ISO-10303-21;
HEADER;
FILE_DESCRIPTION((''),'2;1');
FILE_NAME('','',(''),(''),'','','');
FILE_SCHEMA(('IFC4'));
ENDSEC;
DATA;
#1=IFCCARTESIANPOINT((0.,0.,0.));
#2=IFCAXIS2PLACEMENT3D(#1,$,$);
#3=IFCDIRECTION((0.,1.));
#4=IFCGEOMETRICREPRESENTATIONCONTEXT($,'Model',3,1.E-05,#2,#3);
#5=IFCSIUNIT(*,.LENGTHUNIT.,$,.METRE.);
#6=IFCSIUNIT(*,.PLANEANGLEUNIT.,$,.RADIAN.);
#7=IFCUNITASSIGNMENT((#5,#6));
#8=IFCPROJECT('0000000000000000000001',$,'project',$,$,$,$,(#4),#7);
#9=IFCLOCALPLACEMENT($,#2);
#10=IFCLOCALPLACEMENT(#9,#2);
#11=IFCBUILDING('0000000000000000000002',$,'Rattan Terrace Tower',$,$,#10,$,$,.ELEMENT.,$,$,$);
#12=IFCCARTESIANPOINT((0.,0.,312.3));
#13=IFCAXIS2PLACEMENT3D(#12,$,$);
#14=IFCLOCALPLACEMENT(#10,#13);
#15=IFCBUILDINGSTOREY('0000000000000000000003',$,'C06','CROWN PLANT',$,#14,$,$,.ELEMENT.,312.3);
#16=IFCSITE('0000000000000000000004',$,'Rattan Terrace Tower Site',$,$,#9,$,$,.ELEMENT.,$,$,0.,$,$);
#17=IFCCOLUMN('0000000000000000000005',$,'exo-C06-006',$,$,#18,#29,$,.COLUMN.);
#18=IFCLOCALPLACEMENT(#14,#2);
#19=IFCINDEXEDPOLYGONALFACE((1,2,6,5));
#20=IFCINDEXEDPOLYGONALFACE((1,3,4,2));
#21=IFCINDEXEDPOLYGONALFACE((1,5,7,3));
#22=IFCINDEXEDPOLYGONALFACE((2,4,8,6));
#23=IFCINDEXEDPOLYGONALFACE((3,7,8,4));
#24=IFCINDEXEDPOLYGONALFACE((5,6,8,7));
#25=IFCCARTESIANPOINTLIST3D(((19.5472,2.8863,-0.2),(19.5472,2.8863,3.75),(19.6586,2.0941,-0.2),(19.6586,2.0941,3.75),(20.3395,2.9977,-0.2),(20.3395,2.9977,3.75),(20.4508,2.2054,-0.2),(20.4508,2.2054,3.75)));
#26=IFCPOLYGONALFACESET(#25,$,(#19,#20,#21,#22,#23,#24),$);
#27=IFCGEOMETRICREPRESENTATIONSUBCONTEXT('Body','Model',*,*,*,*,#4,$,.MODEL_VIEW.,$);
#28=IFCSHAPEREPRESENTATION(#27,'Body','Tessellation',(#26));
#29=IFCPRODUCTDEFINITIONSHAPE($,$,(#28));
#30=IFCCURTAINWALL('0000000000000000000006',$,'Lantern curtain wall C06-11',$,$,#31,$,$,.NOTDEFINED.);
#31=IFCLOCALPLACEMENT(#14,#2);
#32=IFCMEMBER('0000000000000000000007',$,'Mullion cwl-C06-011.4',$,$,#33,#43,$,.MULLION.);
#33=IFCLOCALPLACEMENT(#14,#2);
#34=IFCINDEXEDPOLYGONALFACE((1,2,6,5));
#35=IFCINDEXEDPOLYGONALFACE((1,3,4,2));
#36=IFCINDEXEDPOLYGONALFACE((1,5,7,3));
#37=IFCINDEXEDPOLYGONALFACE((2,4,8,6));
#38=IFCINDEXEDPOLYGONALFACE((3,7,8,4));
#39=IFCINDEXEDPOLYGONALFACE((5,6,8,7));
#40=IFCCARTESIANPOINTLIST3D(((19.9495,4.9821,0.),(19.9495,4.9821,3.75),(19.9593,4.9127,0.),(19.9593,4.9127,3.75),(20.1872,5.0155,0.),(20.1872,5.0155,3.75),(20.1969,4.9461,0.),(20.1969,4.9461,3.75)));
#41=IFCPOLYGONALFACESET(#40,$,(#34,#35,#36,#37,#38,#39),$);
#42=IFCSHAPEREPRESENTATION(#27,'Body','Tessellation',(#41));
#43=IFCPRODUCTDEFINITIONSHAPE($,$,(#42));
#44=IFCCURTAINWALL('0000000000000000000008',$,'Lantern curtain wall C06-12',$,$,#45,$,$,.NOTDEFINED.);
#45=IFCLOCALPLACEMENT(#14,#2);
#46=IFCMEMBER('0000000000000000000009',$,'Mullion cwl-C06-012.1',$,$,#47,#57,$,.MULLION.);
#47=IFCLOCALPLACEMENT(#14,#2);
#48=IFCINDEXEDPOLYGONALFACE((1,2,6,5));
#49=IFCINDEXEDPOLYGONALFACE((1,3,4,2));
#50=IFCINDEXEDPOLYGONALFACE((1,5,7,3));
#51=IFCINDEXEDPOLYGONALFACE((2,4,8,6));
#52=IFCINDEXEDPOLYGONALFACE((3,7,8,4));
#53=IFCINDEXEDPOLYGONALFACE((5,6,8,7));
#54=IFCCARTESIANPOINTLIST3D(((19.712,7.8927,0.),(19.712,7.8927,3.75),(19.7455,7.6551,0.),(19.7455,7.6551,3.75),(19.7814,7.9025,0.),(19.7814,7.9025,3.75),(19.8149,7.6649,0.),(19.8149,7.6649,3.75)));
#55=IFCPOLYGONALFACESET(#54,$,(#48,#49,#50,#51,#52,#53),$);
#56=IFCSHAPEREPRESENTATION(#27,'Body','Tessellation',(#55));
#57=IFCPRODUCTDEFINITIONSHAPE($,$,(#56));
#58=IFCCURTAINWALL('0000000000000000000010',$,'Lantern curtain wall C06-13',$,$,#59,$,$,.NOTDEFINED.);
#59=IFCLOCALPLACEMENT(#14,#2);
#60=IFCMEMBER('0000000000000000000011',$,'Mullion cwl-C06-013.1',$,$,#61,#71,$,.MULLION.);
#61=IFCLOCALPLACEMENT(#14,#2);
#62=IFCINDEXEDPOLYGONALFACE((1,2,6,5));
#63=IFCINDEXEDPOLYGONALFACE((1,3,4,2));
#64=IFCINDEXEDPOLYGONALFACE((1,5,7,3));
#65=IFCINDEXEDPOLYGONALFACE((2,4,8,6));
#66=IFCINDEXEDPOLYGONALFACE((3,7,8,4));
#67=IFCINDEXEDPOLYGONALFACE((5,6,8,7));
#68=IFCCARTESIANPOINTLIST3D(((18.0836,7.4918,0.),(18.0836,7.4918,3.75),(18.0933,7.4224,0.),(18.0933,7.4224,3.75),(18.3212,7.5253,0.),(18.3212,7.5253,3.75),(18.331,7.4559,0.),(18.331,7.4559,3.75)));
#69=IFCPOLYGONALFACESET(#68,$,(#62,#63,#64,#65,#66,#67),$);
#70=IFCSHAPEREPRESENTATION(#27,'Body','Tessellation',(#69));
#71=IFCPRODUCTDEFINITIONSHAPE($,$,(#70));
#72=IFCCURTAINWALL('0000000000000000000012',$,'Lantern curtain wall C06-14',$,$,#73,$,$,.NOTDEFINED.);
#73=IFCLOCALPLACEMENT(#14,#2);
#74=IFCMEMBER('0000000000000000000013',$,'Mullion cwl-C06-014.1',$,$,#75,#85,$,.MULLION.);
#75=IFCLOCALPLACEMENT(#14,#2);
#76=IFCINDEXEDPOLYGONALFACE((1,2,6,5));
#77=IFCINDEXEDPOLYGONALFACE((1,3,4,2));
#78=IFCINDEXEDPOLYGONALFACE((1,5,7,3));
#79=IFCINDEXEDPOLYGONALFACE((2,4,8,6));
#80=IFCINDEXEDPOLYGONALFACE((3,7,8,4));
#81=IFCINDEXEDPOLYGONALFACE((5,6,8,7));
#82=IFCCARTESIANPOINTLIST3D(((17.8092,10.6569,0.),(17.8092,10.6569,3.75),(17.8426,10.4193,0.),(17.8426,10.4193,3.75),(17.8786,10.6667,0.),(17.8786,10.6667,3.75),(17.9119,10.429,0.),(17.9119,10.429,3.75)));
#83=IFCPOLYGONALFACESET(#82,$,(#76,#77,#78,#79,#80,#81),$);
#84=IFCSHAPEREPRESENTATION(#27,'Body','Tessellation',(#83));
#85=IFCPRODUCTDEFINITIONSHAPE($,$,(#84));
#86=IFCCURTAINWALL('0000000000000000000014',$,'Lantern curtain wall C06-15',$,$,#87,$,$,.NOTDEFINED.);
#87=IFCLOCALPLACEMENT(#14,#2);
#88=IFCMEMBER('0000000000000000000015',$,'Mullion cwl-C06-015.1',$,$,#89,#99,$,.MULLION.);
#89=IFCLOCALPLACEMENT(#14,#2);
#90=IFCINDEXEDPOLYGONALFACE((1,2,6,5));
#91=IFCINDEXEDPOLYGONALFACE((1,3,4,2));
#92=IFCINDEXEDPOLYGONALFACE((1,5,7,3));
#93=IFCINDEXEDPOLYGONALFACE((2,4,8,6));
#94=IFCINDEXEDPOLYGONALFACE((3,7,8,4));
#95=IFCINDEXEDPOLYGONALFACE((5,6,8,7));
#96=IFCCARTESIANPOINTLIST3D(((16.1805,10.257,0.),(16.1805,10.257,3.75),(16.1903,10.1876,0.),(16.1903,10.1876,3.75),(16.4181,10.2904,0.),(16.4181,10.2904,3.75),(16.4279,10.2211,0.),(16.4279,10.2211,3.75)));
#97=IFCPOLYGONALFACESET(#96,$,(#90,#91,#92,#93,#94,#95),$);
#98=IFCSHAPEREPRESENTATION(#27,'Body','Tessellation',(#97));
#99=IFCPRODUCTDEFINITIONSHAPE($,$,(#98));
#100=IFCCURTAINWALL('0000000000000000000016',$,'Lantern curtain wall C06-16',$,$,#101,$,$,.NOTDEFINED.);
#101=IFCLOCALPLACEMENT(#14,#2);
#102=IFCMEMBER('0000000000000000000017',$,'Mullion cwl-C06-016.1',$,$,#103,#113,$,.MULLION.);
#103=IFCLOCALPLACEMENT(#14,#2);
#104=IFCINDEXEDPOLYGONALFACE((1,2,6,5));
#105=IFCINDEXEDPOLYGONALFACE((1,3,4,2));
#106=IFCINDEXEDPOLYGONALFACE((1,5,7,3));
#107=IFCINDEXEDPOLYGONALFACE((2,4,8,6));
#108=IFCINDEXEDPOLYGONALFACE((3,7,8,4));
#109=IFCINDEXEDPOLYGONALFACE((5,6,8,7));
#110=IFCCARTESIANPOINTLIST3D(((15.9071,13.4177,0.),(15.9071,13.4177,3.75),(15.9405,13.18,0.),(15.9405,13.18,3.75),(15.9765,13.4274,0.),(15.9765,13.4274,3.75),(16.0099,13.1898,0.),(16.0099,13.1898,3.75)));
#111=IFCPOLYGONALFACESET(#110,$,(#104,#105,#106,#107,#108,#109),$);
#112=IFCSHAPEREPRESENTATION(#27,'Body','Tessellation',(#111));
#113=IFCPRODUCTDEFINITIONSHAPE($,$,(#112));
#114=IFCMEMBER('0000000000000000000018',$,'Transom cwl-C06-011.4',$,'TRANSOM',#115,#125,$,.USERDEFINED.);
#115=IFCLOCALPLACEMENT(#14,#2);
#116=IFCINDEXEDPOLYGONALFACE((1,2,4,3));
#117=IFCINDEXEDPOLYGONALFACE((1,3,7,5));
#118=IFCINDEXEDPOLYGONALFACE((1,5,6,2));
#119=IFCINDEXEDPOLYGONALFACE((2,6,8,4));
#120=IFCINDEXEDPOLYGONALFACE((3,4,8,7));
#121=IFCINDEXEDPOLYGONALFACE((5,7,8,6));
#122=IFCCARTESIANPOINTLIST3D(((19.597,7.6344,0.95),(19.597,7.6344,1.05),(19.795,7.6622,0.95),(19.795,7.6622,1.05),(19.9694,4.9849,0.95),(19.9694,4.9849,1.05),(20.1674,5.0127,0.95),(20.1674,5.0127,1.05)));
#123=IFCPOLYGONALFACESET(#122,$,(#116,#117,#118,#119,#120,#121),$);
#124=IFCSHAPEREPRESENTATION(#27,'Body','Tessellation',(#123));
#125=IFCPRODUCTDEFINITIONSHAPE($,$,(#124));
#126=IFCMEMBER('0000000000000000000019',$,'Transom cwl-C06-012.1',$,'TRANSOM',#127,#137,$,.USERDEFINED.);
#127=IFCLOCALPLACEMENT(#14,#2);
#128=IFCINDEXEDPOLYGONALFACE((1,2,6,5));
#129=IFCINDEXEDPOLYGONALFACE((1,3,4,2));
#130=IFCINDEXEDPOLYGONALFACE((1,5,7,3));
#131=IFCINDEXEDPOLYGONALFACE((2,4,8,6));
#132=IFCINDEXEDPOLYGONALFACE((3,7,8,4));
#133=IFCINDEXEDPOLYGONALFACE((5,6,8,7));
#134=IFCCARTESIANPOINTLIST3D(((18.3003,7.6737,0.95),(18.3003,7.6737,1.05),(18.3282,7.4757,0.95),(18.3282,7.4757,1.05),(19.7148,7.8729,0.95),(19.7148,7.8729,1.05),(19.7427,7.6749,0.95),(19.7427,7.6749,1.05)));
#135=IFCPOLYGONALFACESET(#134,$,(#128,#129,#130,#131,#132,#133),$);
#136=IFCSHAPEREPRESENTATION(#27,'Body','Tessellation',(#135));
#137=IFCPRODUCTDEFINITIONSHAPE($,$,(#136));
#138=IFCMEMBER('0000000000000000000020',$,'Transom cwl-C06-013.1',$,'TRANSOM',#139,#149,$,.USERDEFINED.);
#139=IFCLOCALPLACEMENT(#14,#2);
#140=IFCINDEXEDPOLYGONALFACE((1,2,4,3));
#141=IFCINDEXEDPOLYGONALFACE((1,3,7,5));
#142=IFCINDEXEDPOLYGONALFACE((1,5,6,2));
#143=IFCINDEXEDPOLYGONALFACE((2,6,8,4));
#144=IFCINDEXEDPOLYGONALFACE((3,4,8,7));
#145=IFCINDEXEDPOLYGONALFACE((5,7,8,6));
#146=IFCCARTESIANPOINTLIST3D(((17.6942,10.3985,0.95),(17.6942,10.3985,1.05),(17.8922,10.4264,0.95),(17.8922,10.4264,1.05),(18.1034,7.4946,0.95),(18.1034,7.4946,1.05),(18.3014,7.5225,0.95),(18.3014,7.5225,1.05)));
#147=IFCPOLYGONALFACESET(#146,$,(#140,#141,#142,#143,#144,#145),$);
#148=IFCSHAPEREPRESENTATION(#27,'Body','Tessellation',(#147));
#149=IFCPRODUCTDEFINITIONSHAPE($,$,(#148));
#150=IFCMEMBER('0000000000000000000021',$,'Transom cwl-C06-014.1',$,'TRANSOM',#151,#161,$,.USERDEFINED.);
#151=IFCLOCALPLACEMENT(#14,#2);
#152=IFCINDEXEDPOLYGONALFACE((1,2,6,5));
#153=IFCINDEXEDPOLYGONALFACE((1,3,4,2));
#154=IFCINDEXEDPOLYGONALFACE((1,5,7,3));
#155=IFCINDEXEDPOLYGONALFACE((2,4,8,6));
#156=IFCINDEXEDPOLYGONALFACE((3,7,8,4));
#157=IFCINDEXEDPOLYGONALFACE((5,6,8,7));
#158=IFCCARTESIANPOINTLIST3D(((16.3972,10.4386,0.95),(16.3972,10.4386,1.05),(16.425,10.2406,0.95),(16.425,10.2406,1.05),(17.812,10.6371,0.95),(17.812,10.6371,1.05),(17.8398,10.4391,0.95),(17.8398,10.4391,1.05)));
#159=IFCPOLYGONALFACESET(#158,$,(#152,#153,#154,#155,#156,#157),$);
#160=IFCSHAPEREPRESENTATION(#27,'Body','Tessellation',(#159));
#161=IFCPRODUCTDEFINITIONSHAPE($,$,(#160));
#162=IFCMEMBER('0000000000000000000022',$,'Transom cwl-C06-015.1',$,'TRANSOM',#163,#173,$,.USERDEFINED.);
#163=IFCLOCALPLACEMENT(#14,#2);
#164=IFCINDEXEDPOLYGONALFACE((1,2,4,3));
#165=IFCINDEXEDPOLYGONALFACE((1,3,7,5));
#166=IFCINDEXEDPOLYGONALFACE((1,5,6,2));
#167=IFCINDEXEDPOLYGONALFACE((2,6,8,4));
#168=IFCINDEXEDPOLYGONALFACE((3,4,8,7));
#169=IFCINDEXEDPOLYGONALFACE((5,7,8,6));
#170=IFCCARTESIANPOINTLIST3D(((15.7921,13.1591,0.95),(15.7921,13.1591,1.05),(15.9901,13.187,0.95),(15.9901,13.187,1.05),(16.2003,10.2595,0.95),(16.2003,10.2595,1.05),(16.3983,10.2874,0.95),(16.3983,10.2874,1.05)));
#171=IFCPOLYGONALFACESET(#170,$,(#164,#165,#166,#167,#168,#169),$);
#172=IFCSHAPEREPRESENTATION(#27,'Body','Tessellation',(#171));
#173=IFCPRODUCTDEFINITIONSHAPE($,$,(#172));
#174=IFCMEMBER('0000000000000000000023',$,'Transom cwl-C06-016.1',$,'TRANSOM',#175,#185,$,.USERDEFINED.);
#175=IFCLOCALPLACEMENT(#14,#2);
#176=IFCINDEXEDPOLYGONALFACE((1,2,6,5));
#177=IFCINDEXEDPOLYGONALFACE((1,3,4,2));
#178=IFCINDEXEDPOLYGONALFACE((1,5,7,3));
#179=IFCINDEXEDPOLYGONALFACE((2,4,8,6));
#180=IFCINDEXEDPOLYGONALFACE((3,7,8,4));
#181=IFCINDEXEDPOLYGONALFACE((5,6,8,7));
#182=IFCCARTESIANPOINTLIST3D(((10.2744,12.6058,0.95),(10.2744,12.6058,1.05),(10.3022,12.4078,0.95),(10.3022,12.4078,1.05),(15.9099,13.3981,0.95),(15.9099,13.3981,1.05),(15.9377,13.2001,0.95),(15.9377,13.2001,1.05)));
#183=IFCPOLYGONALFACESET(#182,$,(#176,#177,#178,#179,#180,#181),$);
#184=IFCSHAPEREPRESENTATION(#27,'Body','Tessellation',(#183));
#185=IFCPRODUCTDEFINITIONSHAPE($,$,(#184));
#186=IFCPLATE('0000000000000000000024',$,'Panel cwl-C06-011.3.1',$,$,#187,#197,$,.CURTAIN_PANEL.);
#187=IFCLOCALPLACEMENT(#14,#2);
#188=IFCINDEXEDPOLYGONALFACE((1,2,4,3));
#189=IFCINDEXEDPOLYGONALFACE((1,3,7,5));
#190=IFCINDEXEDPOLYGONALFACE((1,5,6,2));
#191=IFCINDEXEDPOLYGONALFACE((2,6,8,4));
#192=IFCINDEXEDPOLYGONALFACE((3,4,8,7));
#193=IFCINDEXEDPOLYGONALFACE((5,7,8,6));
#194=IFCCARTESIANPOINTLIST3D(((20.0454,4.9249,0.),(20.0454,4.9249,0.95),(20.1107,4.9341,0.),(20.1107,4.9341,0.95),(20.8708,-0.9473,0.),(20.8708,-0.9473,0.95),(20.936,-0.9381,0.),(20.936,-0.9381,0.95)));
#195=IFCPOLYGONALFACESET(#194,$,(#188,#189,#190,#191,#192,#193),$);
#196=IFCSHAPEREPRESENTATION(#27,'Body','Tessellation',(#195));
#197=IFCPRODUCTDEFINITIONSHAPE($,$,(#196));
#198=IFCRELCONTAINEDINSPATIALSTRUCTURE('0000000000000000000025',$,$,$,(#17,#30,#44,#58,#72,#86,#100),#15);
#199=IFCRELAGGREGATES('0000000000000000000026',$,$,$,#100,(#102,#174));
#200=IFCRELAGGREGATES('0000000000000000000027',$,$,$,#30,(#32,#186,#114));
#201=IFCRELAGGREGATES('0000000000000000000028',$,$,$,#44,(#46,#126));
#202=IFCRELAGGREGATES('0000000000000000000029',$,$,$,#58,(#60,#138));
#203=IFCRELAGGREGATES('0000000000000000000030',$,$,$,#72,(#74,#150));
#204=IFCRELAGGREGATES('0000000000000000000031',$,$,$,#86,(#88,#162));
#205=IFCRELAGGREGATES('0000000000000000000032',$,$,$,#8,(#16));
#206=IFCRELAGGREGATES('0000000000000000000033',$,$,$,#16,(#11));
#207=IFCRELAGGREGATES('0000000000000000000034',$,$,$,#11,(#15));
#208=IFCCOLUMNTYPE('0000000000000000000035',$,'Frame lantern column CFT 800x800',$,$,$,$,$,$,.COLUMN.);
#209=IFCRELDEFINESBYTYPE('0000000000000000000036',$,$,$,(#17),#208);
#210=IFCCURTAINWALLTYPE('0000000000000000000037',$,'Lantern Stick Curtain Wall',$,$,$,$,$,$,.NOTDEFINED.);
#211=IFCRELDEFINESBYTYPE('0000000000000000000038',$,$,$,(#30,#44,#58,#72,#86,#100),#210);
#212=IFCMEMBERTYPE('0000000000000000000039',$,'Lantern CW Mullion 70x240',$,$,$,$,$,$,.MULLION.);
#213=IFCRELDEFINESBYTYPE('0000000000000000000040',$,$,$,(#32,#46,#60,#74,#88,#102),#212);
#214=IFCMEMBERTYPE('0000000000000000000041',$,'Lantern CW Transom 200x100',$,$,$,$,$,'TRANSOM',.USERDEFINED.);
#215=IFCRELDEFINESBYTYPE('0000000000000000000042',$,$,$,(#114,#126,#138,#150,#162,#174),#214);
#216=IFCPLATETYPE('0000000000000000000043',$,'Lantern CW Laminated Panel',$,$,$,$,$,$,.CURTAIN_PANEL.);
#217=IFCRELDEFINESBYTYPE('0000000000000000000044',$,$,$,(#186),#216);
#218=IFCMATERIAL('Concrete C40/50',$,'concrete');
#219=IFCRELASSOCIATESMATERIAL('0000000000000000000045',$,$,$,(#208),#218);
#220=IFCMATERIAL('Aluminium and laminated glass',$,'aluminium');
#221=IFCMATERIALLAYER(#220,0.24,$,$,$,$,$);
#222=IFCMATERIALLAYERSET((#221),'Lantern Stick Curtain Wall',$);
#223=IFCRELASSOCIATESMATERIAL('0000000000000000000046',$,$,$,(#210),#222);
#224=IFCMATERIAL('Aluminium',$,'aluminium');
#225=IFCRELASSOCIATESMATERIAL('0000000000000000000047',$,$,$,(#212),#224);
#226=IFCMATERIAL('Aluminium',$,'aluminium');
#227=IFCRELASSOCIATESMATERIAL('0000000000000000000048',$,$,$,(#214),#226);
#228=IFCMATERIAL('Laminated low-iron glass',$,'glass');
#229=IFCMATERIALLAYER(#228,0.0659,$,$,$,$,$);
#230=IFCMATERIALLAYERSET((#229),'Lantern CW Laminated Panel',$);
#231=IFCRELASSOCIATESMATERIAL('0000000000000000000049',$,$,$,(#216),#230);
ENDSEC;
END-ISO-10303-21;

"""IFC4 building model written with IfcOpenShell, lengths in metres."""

from ifc_helpers import new_model, si_unit, direction, frame, origin, origin_2d, place, context, subcontext, project, spatial, rectangle, extrude, material, layer, layer_set, material_profile, profile_set, type_object, element, aggregate, save


model = new_model("IFC4")

# Units and contexts
model_context = context("Model", 3, precision=1e-05, world=origin(), true_north=direction((0.0, 1.0)))
body_context = subcontext(model_context, "Body", "Model", "MODEL_VIEW")
ifc_project = project(units=[si_unit("LENGTHUNIT", "METRE"), si_unit("PLANEANGLEUNIT", "RADIAN")], contexts=[model_context])

# Site, building, storey
site_placement = place(None, origin())
site = spatial("IfcSite", under=ifc_project, at=site_placement, Name="Rattan Terrace Tower Site", CompositionType="ELEMENT", RefElevation=0.0)
building_placement = place(site_placement, origin())
building = spatial("IfcBuilding", under=site, at=building_placement, Name="Rattan Terrace Tower", CompositionType="ELEMENT")
storey_placement = place(building_placement, frame((0.0, 0.0, 312.3)))
storey = spatial("IfcBuildingStorey", under=building, at=storey_placement, Name="C06", Description="CROWN PLANT", CompositionType="ELEMENT", Elevation=312.3)

# Column
ifc_material_1 = material(Name="Concrete C40/50", Category="concrete")
ifc_material_profile_1 = material_profile(ifc_material_1, rectangle(XDim=0.8, YDim=0.8, at=origin_2d()), Name="CFT 800x800")
ifc_profile_set_1 = profile_set([ifc_material_profile_1], Name="Concrete C40/50")
column_type = type_object("IfcColumnType", Name="Frame lantern column CFT 800x800", PredefinedType="COLUMN", material=ifc_profile_set_1)
column_placement = place(storey_placement, frame((19.999, 2.5459, -0.2), z_axis=(0.0, 0.0, 1.0), x_axis=(-0.13919, 0.990266, 0.0)))
element("IfcColumn", 1, at=column_placement, inside=storey, type_object=column_type, Name="exo-C06-006", PredefinedType="COLUMN", context=body_context, shape_type="SweptSolid", body=[
    extrude(rectangle(XDim=0.8, YDim=0.8, at=origin_2d()), origin(), (0.0, 0.0, 1.0), 3.95),
])

# Curtain walls, members
ifc_material_2 = material(Name="Aluminium and laminated glass", Category="aluminium")
ifc_layer_1 = layer(ifc_material_2, 0.24)
ifc_layer_set_1 = layer_set([ifc_layer_1], Name="Lantern Stick Curtain Wall")
curtain_wall_type = type_object("IfcCurtainWallType", Name="Lantern Stick Curtain Wall", PredefinedType="NOTDEFINED", material=ifc_layer_set_1)
curtain_wall_1_placement = place(storey_placement, origin())
curtain_wall_1 = element("IfcCurtainWall", 2, at=curtain_wall_1_placement, inside=storey, type_object=curtain_wall_type, Name="Lantern curtain wall C06-11", PredefinedType="NOTDEFINED")
ifc_material_3 = material(Name="Aluminium", Category="aluminium")
ifc_material_profile_2 = material_profile(ifc_material_3, rectangle(XDim=0.0701, YDim=0.24, at=origin_2d()), Name="Aluminium 70x240")
ifc_profile_set_2 = profile_set([ifc_material_profile_2], Name="Aluminium")
member_type_1 = type_object("IfcMemberType", Name="Lantern CW Mullion 70x240", PredefinedType="MULLION", material=ifc_profile_set_2)
member_1_placement = place(storey_placement, frame((20.0732, 4.9641, 0.0), z_axis=(0.0, 0.0, 1.0), x_axis=(-0.139188, 0.990266, 0.0)))
member_1 = element("IfcMember", 3, at=member_1_placement, type_object=member_type_1, Name="Mullion cwl-C06-011.4", PredefinedType="MULLION", context=body_context, shape_type="SweptSolid", body=[
    extrude(rectangle(XDim=0.0701, YDim=0.24, at=origin_2d()), origin(), (0.0, 0.0, 1.0), 3.75),
])
curtain_wall_2_placement = place(storey_placement, origin())
curtain_wall_2 = element("IfcCurtainWall", 4, at=curtain_wall_2_placement, inside=storey, type_object=curtain_wall_type, Name="Lantern curtain wall C06-12", PredefinedType="NOTDEFINED")
member_2_placement = place(storey_placement, frame((19.7634, 7.7788, 0.0), z_axis=(0.0, 0.0, 1.0), x_axis=(-0.990228, -0.139459, 0.0)))
member_2 = element("IfcMember", 5, at=member_2_placement, type_object=member_type_1, Name="Mullion cwl-C06-012.1", PredefinedType="MULLION", context=body_context, shape_type="SweptSolid", body=[
    extrude(rectangle(XDim=0.0701, YDim=0.24, at=origin_2d()), origin(), (0.0, 0.0, 1.0), 3.75),
])
curtain_wall_3_placement = place(storey_placement, origin())
curtain_wall_3 = element("IfcCurtainWall", 6, at=curtain_wall_3_placement, inside=storey, type_object=curtain_wall_type, Name="Lantern curtain wall C06-13", PredefinedType="NOTDEFINED")
member_3_placement = place(storey_placement, frame((18.2073, 7.4739, 0.0), z_axis=(0.0, 0.0, 1.0), x_axis=(-0.139556, 0.990214, 0.0)))
member_3 = element("IfcMember", 7, at=member_3_placement, type_object=member_type_1, Name="Mullion cwl-C06-013.1", PredefinedType="MULLION", context=body_context, shape_type="SweptSolid", body=[
    extrude(rectangle(XDim=0.0701, YDim=0.24, at=origin_2d()), origin(), (0.0, 0.0, 1.0), 3.75),
])
curtain_wall_4_placement = place(storey_placement, origin())
curtain_wall_4 = element("IfcCurtainWall", 8, at=curtain_wall_4_placement, inside=storey, type_object=curtain_wall_type, Name="Lantern curtain wall C06-14", PredefinedType="NOTDEFINED")
member_4_placement = place(storey_placement, frame((17.8606, 10.543, 0.0), z_axis=(0.0, 0.0, 1.0), x_axis=(-0.99032, -0.138805, 0.0)))
member_4 = element("IfcMember", 9, at=member_4_placement, type_object=member_type_1, Name="Mullion cwl-C06-014.1", PredefinedType="MULLION", context=body_context, shape_type="SweptSolid", body=[
    extrude(rectangle(XDim=0.0701, YDim=0.24, at=origin_2d()), origin(), (0.0, 0.0, 1.0), 3.75),
])
curtain_wall_5_placement = place(storey_placement, origin())
curtain_wall_5 = element("IfcCurtainWall", 10, at=curtain_wall_5_placement, inside=storey, type_object=curtain_wall_type, Name="Lantern curtain wall C06-15", PredefinedType="NOTDEFINED")
member_5_placement = place(storey_placement, frame((16.3042, 10.239, 0.0), z_axis=(0.0, 0.0, 1.0), x_axis=(-0.139413, 0.990234, 0.0)))
member_5 = element("IfcMember", 11, at=member_5_placement, type_object=member_type_1, Name="Mullion cwl-C06-015.1", PredefinedType="MULLION", context=body_context, shape_type="SweptSolid", body=[
    extrude(rectangle(XDim=0.0701, YDim=0.24, at=origin_2d()), origin(), (0.0, 0.0, 1.0), 3.75),
])
curtain_wall_6_placement = place(storey_placement, origin())
curtain_wall_6 = element("IfcCurtainWall", 12, at=curtain_wall_6_placement, inside=storey, type_object=curtain_wall_type, Name="Lantern curtain wall C06-16", PredefinedType="NOTDEFINED")
member_6_placement = place(storey_placement, frame((15.9585, 13.3037, 0.0), z_axis=(0.0, 0.0, 1.0), x_axis=(-0.990267, -0.139181, 0.0)))
member_6 = element("IfcMember", 13, at=member_6_placement, type_object=member_type_1, Name="Mullion cwl-C06-016.1", PredefinedType="MULLION", context=body_context, shape_type="SweptSolid", body=[
    extrude(rectangle(XDim=0.0701, YDim=0.24, at=origin_2d()), origin(), (0.0, 0.0, 1.0), 3.75),
])

# Members
ifc_material_4 = material(Name="Aluminium", Category="aluminium")
ifc_material_profile_3 = material_profile(ifc_material_4, rectangle(XDim=0.2, YDim=0.1001, at=origin_2d()), Name="Aluminium 200x100")
ifc_profile_set_3 = profile_set([ifc_material_profile_3], Name="Aluminium")
member_type_2 = type_object("IfcMemberType", Name="Lantern CW Transom 200x100", ElementType="TRANSOM", PredefinedType="USERDEFINED", material=ifc_profile_set_3)
member_7_placement = place(storey_placement, frame((20.0684, 4.9988, 1.0), z_axis=(-0.13916, 0.99027, 0.0), x_axis=(-0.99027, -0.13916, 0.0)))
member_7 = element("IfcMember", 14, at=member_7_placement, type_object=member_type_2, Name="Transom cwl-C06-011.4", ObjectType="TRANSOM", PredefinedType="USERDEFINED", context=body_context, shape_type="SweptSolid", body=[
    extrude(rectangle(XDim=0.2, YDim=0.1001, at=origin_2d()), origin(), (0.0, 0.0, 1.0), 2.6755),
])
member_8_placement = place(storey_placement, frame((19.7288, 7.7739, 1.0), z_axis=(-0.990228, -0.139459, 0.0), x_axis=(0.139459, -0.990228, 0.0)))
member_8 = element("IfcMember", 15, at=member_8_placement, type_object=member_type_2, Name="Transom cwl-C06-012.1", ObjectType="TRANSOM", PredefinedType="USERDEFINED", context=body_context, shape_type="SweptSolid", body=[
    extrude(rectangle(XDim=0.2, YDim=0.1001, at=origin_2d()), origin(), (0.0, 0.0, 1.0), 1.4285),
])
member_9_placement = place(storey_placement, frame((18.2024, 7.5085, 1.0), z_axis=(-0.139533, 0.990217, 0.0), x_axis=(-0.990217, -0.139533, 0.0)))
member_9 = element("IfcMember", 16, at=member_9_placement, type_object=member_type_2, Name="Transom cwl-C06-013.1", ObjectType="TRANSOM", PredefinedType="USERDEFINED", context=body_context, shape_type="SweptSolid", body=[
    extrude(rectangle(XDim=0.2, YDim=0.1001, at=origin_2d()), origin(), (0.0, 0.0, 1.0), 2.9326),
])
member_10_placement = place(storey_placement, frame((17.8259, 10.5381, 1.0), z_axis=(-0.990302, -0.138933, 0.0), x_axis=(0.138933, -0.990302, 0.0)))
member_10 = element("IfcMember", 17, at=member_10_placement, type_object=member_type_2, Name="Transom cwl-C06-014.1", ObjectType="TRANSOM", PredefinedType="USERDEFINED", context=body_context, shape_type="SweptSolid", body=[
    extrude(rectangle(XDim=0.2, YDim=0.1001, at=origin_2d()), origin(), (0.0, 0.0, 1.0), 1.4287),
])
member_11_placement = place(storey_placement, frame((16.2993, 10.2734, 1.0), z_axis=(-0.139402, 0.990236, 0.0), x_axis=(-0.990236, -0.139402, 0.0)))
member_11 = element("IfcMember", 18, at=member_11_placement, type_object=member_type_2, Name="Transom cwl-C06-015.1", ObjectType="TRANSOM", PredefinedType="USERDEFINED", context=body_context, shape_type="SweptSolid", body=[
    extrude(rectangle(XDim=0.2, YDim=0.1001, at=origin_2d()), origin(), (0.0, 0.0, 1.0), 2.9282),
])
member_12_placement = place(storey_placement, frame((15.9238, 13.2991, 1.0), z_axis=(-0.990263, -0.139211, 0.0), x_axis=(0.139211, -0.990263, 0.0)))
member_12 = element("IfcMember", 19, at=member_12_placement, type_object=member_type_2, Name="Transom cwl-C06-016.1", ObjectType="TRANSOM", PredefinedType="USERDEFINED", context=body_context, shape_type="SweptSolid", body=[
    extrude(rectangle(XDim=0.2, YDim=0.1001, at=origin_2d()), origin(), (0.0, 0.0, 1.0), 5.6909),
])
aggregate(curtain_wall_6, [member_6, member_12])

# Plate
ifc_material_5 = material(Name="Laminated low-iron glass", Category="glass")
ifc_layer_2 = layer(ifc_material_5, 0.0659)
ifc_layer_set_2 = layer_set([ifc_layer_2], Name="Lantern CW Laminated Panel")
plate_type = type_object("IfcPlateType", Name="Lantern CW Laminated Panel", PredefinedType="CURTAIN_PANEL", material=ifc_layer_set_2)
plate_1_placement = place(storey_placement, frame((20.4907, 1.9934, 0.0), z_axis=(0.0, 0.0, 1.0), x_axis=(-0.139188, 0.990266, 0.0)))
plate_1 = element("IfcPlate", 20, at=plate_1_placement, type_object=plate_type, Name="Panel cwl-C06-011.3.1", PredefinedType="CURTAIN_PANEL", context=body_context, shape_type="SweptSolid", body=[
    extrude(rectangle(XDim=5.9299, YDim=0.0659, at=origin_2d()), origin(), (0.0, 0.0, 1.0), 0.95),
])
aggregate(curtain_wall_1, [member_1, plate_1, member_7])
aggregate(curtain_wall_2, [member_2, member_8])
aggregate(curtain_wall_3, [member_3, member_9])
aggregate(curtain_wall_4, [member_4, member_10])
aggregate(curtain_wall_5, [member_5, member_11])

save(model, "model.ifc")
